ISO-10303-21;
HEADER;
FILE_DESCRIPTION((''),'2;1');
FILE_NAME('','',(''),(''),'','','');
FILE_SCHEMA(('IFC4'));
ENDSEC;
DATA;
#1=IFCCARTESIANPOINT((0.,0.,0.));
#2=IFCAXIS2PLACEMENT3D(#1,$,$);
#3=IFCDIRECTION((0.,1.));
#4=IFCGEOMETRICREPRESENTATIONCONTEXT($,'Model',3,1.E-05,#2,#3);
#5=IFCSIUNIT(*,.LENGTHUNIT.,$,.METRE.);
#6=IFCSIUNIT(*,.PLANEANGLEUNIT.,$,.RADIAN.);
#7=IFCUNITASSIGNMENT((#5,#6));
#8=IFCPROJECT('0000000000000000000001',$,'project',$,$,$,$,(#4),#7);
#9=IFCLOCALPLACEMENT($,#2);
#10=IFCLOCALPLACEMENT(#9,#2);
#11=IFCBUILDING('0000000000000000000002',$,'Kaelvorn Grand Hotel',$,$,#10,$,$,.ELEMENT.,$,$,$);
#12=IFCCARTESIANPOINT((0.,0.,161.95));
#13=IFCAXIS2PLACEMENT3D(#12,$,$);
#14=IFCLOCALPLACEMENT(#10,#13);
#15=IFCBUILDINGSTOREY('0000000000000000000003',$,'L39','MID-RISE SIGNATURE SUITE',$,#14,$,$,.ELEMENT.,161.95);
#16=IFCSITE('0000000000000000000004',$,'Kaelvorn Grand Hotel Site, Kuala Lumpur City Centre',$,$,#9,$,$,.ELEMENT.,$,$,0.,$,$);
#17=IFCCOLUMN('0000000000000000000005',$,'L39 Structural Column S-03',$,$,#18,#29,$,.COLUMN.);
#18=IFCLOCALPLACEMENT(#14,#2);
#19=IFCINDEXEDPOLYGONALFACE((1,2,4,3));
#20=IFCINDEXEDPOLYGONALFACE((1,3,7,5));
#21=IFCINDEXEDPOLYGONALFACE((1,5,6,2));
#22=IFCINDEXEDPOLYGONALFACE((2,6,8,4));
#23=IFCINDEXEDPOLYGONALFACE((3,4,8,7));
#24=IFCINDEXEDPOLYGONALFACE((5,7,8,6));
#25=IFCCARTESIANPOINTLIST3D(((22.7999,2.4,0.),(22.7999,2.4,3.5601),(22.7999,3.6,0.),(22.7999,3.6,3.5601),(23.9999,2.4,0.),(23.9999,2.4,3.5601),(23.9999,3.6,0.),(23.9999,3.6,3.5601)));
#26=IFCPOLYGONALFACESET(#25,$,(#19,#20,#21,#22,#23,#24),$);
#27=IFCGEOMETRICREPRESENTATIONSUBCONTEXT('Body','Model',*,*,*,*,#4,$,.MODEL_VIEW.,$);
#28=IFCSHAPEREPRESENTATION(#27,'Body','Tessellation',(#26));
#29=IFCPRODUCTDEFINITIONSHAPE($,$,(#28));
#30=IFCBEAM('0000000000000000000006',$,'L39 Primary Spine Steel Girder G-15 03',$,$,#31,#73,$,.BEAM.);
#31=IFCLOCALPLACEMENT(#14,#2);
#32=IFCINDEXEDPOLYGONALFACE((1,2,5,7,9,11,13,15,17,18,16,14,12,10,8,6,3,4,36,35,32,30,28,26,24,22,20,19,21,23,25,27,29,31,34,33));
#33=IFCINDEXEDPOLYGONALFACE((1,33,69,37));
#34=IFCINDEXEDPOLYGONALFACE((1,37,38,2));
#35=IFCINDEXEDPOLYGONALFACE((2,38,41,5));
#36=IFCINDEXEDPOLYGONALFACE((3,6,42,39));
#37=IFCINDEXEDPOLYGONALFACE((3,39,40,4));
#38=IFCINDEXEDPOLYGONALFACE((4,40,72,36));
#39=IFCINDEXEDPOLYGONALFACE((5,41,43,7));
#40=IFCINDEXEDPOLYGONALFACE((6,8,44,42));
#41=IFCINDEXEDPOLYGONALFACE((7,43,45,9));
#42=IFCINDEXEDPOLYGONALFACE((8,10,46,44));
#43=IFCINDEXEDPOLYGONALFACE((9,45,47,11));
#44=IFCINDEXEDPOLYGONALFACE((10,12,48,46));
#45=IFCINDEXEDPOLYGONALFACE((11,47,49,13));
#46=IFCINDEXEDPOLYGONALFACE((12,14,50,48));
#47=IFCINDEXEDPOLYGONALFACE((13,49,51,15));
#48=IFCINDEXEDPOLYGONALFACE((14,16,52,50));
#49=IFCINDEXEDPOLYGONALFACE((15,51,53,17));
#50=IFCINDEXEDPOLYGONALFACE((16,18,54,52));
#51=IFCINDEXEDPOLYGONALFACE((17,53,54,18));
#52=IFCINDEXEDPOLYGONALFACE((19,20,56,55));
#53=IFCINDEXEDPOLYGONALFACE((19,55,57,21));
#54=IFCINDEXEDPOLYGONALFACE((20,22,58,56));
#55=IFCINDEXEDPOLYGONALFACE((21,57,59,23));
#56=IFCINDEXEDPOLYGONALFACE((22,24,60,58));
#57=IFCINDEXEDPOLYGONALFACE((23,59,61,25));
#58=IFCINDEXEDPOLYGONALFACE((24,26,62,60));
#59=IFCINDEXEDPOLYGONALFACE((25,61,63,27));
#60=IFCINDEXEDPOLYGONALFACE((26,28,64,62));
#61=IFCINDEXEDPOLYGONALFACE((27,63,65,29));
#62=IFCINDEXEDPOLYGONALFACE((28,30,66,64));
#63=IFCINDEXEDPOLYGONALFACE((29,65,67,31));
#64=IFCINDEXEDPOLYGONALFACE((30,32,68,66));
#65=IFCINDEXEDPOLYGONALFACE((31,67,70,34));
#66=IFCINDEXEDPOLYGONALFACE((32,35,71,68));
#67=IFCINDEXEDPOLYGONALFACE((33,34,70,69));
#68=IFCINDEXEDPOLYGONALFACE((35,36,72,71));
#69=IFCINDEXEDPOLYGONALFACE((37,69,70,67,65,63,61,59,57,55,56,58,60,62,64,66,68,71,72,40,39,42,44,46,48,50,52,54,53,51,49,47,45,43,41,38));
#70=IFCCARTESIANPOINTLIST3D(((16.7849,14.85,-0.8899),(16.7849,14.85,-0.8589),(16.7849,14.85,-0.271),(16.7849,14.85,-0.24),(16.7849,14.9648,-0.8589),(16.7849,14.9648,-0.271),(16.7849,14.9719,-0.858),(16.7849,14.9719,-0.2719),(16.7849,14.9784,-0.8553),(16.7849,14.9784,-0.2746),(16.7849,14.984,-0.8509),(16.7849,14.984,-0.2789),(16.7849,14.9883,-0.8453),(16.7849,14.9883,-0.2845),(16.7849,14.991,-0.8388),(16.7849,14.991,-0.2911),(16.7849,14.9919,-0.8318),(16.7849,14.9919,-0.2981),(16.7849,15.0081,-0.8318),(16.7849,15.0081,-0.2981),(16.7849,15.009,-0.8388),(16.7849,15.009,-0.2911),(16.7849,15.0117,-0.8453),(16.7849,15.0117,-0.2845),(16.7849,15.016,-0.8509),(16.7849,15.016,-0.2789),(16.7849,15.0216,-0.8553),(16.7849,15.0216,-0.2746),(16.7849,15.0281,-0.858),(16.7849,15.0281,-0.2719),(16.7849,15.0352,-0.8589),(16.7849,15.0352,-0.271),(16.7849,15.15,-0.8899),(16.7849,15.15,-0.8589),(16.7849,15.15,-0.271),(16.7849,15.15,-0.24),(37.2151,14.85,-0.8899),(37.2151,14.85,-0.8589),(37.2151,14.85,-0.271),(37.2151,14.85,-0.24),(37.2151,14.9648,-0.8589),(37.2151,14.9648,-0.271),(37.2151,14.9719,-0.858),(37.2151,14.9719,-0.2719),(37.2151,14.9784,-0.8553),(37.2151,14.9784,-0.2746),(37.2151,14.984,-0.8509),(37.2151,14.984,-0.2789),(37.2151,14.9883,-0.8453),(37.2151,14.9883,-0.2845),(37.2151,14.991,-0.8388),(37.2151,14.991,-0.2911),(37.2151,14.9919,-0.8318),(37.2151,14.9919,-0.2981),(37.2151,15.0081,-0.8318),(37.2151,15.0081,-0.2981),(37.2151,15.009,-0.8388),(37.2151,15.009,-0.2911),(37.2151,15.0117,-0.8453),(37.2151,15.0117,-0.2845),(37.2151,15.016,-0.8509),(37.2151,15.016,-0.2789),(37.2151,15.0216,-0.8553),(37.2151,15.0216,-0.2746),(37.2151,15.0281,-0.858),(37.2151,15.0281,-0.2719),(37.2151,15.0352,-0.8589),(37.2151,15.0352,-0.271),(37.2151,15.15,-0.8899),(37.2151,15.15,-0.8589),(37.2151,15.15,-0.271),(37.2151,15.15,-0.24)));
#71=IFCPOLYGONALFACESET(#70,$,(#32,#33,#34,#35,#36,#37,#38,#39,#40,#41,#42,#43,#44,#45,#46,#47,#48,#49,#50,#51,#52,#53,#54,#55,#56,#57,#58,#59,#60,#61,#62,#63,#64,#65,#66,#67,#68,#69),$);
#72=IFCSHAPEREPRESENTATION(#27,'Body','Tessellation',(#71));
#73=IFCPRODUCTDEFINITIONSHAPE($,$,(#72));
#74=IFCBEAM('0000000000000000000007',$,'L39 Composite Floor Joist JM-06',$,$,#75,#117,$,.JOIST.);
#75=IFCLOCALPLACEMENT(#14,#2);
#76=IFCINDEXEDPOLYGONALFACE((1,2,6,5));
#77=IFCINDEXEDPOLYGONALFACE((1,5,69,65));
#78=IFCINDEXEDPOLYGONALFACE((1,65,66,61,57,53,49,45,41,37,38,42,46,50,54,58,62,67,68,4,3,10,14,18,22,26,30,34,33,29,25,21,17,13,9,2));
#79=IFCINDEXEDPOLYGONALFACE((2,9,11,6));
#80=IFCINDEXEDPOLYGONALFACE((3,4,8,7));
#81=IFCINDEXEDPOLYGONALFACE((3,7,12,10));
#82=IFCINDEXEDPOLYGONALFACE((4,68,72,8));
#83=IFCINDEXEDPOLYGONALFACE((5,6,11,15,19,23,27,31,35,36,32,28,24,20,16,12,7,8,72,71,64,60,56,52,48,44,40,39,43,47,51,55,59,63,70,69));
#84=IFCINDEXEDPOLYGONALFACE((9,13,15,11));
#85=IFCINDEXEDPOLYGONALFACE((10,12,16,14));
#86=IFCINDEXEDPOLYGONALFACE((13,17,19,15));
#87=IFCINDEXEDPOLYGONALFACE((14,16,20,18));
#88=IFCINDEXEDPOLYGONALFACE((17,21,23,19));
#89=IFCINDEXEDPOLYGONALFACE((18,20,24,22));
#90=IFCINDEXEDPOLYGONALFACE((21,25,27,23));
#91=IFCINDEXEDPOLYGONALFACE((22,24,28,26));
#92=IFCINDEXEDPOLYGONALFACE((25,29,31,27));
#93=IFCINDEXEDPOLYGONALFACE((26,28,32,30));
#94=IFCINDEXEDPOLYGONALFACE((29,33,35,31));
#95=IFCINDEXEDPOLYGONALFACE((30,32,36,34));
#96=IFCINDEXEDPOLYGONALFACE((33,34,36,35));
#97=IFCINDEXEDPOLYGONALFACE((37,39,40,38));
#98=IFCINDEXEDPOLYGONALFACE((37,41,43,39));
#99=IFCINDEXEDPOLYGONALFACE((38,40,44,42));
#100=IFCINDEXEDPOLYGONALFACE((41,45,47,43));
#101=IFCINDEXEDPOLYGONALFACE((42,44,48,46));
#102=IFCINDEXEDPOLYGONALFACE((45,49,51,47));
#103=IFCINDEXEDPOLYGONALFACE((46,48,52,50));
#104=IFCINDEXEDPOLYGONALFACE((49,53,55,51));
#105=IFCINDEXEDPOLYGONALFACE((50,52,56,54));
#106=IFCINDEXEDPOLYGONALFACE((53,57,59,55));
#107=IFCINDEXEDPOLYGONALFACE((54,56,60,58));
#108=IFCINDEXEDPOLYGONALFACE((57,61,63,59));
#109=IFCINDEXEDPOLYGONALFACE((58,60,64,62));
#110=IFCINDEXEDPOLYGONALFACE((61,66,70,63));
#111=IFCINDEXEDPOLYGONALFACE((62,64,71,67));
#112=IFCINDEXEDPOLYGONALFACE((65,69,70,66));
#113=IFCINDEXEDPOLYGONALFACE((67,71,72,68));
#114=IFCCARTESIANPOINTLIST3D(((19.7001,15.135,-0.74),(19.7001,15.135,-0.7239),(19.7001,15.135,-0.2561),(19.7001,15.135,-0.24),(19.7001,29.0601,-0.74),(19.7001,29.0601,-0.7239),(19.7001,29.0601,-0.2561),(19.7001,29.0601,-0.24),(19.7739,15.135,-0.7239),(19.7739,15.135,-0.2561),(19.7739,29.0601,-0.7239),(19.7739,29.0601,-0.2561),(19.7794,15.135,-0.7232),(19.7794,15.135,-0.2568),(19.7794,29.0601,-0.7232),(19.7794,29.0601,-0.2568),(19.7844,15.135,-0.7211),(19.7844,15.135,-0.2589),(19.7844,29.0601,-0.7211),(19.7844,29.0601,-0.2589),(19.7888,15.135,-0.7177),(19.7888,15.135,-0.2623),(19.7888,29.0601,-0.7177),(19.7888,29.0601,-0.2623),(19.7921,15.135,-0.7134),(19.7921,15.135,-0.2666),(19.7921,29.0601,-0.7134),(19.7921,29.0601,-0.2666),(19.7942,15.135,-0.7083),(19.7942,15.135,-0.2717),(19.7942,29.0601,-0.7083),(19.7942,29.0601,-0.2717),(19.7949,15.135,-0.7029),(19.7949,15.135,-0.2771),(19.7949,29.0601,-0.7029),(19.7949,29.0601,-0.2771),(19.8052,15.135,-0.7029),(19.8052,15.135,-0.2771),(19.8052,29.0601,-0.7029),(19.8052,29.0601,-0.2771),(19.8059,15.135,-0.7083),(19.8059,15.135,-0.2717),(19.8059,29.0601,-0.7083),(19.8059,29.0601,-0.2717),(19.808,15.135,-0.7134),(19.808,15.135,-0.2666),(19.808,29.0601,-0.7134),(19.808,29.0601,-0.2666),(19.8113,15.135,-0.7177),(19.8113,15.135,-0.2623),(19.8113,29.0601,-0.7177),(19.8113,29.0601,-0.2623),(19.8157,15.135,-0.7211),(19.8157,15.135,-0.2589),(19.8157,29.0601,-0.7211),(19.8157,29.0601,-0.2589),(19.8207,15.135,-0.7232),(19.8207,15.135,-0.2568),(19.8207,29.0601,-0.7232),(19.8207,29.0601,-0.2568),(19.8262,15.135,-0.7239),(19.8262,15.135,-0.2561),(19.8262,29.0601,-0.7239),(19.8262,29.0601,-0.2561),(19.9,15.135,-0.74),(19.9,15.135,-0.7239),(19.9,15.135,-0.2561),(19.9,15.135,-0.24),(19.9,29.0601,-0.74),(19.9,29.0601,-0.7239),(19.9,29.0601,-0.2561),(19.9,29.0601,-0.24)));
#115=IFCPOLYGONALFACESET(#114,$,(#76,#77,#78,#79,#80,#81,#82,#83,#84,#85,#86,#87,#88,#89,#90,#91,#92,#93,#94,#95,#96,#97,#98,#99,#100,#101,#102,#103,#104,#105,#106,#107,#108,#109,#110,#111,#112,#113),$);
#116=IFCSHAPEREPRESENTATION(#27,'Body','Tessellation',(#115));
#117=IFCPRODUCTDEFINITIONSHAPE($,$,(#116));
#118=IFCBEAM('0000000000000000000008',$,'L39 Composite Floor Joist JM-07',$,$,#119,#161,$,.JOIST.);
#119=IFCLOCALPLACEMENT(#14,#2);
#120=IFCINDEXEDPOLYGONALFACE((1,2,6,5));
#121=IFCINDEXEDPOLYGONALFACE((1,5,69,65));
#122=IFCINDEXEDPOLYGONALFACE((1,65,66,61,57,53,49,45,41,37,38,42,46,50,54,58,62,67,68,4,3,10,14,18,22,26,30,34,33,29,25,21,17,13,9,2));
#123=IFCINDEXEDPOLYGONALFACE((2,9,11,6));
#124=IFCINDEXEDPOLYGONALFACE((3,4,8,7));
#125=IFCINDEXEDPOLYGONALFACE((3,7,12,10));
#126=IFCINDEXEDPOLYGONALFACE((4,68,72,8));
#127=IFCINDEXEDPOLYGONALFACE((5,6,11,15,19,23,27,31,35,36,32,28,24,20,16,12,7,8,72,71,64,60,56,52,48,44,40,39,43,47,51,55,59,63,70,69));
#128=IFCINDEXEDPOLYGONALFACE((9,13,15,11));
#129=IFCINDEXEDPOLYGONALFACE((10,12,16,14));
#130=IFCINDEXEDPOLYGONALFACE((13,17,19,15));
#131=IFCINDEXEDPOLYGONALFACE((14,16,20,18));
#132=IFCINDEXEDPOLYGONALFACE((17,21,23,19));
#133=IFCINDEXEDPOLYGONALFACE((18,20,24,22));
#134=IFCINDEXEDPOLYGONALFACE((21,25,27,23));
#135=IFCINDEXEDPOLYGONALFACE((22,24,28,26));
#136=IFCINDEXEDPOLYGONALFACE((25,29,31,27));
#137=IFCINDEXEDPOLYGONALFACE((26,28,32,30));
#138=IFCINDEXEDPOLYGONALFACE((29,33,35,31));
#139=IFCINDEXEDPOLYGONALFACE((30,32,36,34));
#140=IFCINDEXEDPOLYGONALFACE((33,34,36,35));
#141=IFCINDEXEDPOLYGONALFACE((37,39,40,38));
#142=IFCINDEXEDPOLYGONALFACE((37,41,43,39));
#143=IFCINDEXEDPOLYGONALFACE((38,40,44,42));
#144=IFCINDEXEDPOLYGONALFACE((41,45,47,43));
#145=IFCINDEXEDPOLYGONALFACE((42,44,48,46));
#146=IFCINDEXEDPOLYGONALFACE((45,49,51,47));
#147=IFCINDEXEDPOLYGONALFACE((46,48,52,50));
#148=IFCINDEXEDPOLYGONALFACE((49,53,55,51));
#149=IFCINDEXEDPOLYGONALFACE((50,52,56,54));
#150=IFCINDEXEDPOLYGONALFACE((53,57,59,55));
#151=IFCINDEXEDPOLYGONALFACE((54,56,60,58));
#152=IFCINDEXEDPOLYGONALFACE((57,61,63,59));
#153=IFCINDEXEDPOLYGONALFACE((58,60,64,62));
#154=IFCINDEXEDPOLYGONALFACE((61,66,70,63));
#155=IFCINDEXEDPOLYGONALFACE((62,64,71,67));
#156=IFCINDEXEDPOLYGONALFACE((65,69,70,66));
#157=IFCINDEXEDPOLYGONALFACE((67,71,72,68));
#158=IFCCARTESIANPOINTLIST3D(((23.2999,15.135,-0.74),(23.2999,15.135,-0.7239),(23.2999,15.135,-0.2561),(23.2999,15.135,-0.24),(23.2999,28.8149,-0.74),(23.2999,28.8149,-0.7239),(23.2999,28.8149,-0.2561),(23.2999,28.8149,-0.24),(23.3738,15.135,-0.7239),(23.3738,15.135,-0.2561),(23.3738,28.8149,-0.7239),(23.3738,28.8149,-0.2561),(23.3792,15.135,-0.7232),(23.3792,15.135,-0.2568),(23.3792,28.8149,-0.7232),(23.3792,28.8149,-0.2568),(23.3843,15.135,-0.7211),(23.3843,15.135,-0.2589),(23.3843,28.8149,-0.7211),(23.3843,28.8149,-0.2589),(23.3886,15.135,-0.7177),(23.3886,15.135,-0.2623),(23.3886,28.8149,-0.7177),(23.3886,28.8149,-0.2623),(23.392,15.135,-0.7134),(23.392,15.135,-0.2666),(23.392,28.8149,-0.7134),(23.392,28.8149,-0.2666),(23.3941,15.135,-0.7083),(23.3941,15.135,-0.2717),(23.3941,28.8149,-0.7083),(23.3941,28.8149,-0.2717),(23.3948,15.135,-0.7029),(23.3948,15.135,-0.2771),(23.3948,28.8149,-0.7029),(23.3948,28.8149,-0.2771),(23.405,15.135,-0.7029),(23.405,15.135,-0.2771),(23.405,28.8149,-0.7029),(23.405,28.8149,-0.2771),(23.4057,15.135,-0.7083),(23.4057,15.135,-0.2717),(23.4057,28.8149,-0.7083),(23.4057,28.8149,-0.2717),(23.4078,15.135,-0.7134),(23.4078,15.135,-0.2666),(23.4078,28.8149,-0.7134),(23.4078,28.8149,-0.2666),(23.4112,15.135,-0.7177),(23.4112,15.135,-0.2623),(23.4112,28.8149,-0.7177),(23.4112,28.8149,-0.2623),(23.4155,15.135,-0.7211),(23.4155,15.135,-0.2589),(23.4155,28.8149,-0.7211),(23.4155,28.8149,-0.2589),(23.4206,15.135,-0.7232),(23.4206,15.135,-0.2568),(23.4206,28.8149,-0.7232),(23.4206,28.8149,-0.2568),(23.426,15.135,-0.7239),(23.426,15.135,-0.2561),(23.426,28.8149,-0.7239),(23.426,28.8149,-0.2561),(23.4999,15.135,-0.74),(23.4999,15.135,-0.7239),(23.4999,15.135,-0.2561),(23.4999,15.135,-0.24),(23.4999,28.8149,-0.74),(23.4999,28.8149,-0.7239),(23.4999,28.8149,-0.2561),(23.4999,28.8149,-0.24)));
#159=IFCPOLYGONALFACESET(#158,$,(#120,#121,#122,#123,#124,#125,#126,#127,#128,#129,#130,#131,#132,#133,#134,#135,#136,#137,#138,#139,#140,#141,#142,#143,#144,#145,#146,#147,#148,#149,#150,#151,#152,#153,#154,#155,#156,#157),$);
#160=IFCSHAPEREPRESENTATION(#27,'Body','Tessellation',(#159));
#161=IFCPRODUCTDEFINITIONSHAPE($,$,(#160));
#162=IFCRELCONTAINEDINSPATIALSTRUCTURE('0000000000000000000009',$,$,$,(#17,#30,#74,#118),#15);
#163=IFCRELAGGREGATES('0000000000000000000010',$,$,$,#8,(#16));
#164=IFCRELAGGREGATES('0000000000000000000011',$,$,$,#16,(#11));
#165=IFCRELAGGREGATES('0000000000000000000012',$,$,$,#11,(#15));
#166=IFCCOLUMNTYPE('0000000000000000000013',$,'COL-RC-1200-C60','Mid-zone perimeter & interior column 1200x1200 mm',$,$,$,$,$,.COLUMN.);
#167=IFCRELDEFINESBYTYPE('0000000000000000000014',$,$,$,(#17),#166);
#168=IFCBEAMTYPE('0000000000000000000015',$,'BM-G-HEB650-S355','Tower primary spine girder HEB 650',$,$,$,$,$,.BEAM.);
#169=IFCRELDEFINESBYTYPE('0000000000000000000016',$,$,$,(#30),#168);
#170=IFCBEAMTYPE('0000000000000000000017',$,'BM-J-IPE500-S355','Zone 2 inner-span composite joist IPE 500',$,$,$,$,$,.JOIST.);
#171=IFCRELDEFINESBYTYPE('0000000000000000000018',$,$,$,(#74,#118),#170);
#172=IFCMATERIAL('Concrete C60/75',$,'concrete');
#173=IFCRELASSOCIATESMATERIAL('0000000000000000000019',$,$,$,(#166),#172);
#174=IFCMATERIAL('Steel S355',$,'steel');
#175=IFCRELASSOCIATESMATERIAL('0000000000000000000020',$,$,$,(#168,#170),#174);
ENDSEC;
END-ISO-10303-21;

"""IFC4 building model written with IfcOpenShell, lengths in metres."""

from ifc_helpers import new_model, si_unit, direction, frame, origin, origin_2d, place, context, subcontext, project, spatial, rectangle, i_section, extrude, material, material_profile, profile_set, type_object, element, save


model = new_model("IFC4")

# Units and contexts
model_context = context("Model", 3, precision=1e-05, world=origin(), true_north=direction((0.0, 1.0)))
body_context = subcontext(model_context, "Body", "Model", "MODEL_VIEW")
ifc_project = project(units=[si_unit("LENGTHUNIT", "METRE"), si_unit("PLANEANGLEUNIT", "RADIAN")], contexts=[model_context])

# Site, building, storey
site_placement = place(None, origin())
site = spatial("IfcSite", under=ifc_project, at=site_placement, Name="Kaelvorn Grand Hotel Site, Kuala Lumpur City Centre", CompositionType="ELEMENT", RefElevation=0.0)
building_placement = place(site_placement, origin())
building = spatial("IfcBuilding", under=site, at=building_placement, Name="Kaelvorn Grand Hotel", CompositionType="ELEMENT")
storey_placement = place(building_placement, frame((0.0, 0.0, 161.95)))
storey = spatial("IfcBuildingStorey", under=building, at=storey_placement, Name="L39", Description="MID-RISE SIGNATURE SUITE", CompositionType="ELEMENT", Elevation=161.95)

# Column
ifc_material_1 = material(Name="Concrete C60/75", Category="concrete")
ifc_material_profile_1 = material_profile(ifc_material_1, rectangle(XDim=1.2, YDim=1.2, at=origin_2d()), Name="RC COL 1200x1200")
ifc_profile_set_1 = profile_set([ifc_material_profile_1], Name="Concrete C60/75")
column_type = type_object("IfcColumnType", Name="COL-RC-1200-C60", Description="Mid-zone perimeter & interior column 1200x1200 mm", PredefinedType="COLUMN", material=ifc_profile_set_1)
column_placement = place(storey_placement, frame((23.3999, 3.0, 0.0), z_axis=(0.0, 0.0, 1.0), x_axis=(1.0, 0.0, 0.0)))
element("IfcColumn", 1, at=column_placement, inside=storey, type_object=column_type, Name="L39 Structural Column S-03", PredefinedType="COLUMN", context=body_context, shape_type="SweptSolid", body=[
    extrude(rectangle(XDim=1.2, YDim=1.2, at=origin_2d()), origin(), (0.0, 0.0, 1.0), 3.5601),
])

# Beams
ifc_material_2 = material(Name="Steel S355", Category="steel")
ifc_material_profile_2 = material_profile(ifc_material_2, i_section(OverallWidth=0.3, OverallDepth=0.6499, WebThickness=0.0161, FlangeThickness=0.031, FilletRadius=0.0271, at=origin_2d()), Name="HEB 650")
ifc_profile_set_2 = profile_set([ifc_material_profile_2], Name="Steel S355")
beam_type_1 = type_object("IfcBeamType", Name="BM-G-HEB650-S355", Description="Tower primary spine girder HEB 650", PredefinedType="BEAM", material=ifc_profile_set_2)
beam_1_placement = place(storey_placement, frame((16.7849, 15.0, -0.5649), z_axis=(1.0, 0.0, 0.0), x_axis=(0.0, 1.0, 0.0)))
element("IfcBeam", 2, at=beam_1_placement, inside=storey, type_object=beam_type_1, Name="L39 Primary Spine Steel Girder G-15 03", PredefinedType="BEAM", context=body_context, shape_type="SweptSolid", body=[
    extrude(i_section(OverallWidth=0.3, OverallDepth=0.6499, WebThickness=0.0161, FlangeThickness=0.031, FilletRadius=0.0271, at=origin_2d()), origin(), (0.0, 0.0, 1.0), 20.4302),
])
ifc_material_profile_3 = material_profile(ifc_material_2, i_section(OverallWidth=0.2, OverallDepth=0.5, WebThickness=0.0103, FlangeThickness=0.0161, FilletRadius=0.021, at=origin_2d()), Name="IPE 500")
ifc_profile_set_3 = profile_set([ifc_material_profile_3], Name="Steel S355")
beam_type_2 = type_object("IfcBeamType", Name="BM-J-IPE500-S355", Description="Zone 2 inner-span composite joist IPE 500", PredefinedType="JOIST", material=ifc_profile_set_3)
beam_2_placement = place(storey_placement, frame((19.8, 15.135, -0.49), z_axis=(0.0, 1.0, 0.0), x_axis=(-1.0, 0.0, 0.0)))
element("IfcBeam", 3, at=beam_2_placement, inside=storey, type_object=beam_type_2, Name="L39 Composite Floor Joist JM-06", PredefinedType="JOIST", context=body_context, shape_type="SweptSolid", body=[
    extrude(i_section(OverallWidth=0.2, OverallDepth=0.5, WebThickness=0.0103, FlangeThickness=0.0161, FilletRadius=0.021, at=origin_2d()), origin(), (0.0, 0.0, 1.0), 13.925),
])
beam_3_placement = place(storey_placement, frame((23.3999, 15.135, -0.49), z_axis=(0.0, 1.0, 0.0), x_axis=(-1.0, 0.0, 0.0)))
element("IfcBeam", 4, at=beam_3_placement, inside=storey, type_object=beam_type_2, Name="L39 Composite Floor Joist JM-07", PredefinedType="JOIST", context=body_context, shape_type="SweptSolid", body=[
    extrude(i_section(OverallWidth=0.2, OverallDepth=0.5, WebThickness=0.0103, FlangeThickness=0.0161, FilletRadius=0.021, at=origin_2d()), origin(), (0.0, 0.0, 1.0), 13.6799),
])

save(model, "model.ifc")
